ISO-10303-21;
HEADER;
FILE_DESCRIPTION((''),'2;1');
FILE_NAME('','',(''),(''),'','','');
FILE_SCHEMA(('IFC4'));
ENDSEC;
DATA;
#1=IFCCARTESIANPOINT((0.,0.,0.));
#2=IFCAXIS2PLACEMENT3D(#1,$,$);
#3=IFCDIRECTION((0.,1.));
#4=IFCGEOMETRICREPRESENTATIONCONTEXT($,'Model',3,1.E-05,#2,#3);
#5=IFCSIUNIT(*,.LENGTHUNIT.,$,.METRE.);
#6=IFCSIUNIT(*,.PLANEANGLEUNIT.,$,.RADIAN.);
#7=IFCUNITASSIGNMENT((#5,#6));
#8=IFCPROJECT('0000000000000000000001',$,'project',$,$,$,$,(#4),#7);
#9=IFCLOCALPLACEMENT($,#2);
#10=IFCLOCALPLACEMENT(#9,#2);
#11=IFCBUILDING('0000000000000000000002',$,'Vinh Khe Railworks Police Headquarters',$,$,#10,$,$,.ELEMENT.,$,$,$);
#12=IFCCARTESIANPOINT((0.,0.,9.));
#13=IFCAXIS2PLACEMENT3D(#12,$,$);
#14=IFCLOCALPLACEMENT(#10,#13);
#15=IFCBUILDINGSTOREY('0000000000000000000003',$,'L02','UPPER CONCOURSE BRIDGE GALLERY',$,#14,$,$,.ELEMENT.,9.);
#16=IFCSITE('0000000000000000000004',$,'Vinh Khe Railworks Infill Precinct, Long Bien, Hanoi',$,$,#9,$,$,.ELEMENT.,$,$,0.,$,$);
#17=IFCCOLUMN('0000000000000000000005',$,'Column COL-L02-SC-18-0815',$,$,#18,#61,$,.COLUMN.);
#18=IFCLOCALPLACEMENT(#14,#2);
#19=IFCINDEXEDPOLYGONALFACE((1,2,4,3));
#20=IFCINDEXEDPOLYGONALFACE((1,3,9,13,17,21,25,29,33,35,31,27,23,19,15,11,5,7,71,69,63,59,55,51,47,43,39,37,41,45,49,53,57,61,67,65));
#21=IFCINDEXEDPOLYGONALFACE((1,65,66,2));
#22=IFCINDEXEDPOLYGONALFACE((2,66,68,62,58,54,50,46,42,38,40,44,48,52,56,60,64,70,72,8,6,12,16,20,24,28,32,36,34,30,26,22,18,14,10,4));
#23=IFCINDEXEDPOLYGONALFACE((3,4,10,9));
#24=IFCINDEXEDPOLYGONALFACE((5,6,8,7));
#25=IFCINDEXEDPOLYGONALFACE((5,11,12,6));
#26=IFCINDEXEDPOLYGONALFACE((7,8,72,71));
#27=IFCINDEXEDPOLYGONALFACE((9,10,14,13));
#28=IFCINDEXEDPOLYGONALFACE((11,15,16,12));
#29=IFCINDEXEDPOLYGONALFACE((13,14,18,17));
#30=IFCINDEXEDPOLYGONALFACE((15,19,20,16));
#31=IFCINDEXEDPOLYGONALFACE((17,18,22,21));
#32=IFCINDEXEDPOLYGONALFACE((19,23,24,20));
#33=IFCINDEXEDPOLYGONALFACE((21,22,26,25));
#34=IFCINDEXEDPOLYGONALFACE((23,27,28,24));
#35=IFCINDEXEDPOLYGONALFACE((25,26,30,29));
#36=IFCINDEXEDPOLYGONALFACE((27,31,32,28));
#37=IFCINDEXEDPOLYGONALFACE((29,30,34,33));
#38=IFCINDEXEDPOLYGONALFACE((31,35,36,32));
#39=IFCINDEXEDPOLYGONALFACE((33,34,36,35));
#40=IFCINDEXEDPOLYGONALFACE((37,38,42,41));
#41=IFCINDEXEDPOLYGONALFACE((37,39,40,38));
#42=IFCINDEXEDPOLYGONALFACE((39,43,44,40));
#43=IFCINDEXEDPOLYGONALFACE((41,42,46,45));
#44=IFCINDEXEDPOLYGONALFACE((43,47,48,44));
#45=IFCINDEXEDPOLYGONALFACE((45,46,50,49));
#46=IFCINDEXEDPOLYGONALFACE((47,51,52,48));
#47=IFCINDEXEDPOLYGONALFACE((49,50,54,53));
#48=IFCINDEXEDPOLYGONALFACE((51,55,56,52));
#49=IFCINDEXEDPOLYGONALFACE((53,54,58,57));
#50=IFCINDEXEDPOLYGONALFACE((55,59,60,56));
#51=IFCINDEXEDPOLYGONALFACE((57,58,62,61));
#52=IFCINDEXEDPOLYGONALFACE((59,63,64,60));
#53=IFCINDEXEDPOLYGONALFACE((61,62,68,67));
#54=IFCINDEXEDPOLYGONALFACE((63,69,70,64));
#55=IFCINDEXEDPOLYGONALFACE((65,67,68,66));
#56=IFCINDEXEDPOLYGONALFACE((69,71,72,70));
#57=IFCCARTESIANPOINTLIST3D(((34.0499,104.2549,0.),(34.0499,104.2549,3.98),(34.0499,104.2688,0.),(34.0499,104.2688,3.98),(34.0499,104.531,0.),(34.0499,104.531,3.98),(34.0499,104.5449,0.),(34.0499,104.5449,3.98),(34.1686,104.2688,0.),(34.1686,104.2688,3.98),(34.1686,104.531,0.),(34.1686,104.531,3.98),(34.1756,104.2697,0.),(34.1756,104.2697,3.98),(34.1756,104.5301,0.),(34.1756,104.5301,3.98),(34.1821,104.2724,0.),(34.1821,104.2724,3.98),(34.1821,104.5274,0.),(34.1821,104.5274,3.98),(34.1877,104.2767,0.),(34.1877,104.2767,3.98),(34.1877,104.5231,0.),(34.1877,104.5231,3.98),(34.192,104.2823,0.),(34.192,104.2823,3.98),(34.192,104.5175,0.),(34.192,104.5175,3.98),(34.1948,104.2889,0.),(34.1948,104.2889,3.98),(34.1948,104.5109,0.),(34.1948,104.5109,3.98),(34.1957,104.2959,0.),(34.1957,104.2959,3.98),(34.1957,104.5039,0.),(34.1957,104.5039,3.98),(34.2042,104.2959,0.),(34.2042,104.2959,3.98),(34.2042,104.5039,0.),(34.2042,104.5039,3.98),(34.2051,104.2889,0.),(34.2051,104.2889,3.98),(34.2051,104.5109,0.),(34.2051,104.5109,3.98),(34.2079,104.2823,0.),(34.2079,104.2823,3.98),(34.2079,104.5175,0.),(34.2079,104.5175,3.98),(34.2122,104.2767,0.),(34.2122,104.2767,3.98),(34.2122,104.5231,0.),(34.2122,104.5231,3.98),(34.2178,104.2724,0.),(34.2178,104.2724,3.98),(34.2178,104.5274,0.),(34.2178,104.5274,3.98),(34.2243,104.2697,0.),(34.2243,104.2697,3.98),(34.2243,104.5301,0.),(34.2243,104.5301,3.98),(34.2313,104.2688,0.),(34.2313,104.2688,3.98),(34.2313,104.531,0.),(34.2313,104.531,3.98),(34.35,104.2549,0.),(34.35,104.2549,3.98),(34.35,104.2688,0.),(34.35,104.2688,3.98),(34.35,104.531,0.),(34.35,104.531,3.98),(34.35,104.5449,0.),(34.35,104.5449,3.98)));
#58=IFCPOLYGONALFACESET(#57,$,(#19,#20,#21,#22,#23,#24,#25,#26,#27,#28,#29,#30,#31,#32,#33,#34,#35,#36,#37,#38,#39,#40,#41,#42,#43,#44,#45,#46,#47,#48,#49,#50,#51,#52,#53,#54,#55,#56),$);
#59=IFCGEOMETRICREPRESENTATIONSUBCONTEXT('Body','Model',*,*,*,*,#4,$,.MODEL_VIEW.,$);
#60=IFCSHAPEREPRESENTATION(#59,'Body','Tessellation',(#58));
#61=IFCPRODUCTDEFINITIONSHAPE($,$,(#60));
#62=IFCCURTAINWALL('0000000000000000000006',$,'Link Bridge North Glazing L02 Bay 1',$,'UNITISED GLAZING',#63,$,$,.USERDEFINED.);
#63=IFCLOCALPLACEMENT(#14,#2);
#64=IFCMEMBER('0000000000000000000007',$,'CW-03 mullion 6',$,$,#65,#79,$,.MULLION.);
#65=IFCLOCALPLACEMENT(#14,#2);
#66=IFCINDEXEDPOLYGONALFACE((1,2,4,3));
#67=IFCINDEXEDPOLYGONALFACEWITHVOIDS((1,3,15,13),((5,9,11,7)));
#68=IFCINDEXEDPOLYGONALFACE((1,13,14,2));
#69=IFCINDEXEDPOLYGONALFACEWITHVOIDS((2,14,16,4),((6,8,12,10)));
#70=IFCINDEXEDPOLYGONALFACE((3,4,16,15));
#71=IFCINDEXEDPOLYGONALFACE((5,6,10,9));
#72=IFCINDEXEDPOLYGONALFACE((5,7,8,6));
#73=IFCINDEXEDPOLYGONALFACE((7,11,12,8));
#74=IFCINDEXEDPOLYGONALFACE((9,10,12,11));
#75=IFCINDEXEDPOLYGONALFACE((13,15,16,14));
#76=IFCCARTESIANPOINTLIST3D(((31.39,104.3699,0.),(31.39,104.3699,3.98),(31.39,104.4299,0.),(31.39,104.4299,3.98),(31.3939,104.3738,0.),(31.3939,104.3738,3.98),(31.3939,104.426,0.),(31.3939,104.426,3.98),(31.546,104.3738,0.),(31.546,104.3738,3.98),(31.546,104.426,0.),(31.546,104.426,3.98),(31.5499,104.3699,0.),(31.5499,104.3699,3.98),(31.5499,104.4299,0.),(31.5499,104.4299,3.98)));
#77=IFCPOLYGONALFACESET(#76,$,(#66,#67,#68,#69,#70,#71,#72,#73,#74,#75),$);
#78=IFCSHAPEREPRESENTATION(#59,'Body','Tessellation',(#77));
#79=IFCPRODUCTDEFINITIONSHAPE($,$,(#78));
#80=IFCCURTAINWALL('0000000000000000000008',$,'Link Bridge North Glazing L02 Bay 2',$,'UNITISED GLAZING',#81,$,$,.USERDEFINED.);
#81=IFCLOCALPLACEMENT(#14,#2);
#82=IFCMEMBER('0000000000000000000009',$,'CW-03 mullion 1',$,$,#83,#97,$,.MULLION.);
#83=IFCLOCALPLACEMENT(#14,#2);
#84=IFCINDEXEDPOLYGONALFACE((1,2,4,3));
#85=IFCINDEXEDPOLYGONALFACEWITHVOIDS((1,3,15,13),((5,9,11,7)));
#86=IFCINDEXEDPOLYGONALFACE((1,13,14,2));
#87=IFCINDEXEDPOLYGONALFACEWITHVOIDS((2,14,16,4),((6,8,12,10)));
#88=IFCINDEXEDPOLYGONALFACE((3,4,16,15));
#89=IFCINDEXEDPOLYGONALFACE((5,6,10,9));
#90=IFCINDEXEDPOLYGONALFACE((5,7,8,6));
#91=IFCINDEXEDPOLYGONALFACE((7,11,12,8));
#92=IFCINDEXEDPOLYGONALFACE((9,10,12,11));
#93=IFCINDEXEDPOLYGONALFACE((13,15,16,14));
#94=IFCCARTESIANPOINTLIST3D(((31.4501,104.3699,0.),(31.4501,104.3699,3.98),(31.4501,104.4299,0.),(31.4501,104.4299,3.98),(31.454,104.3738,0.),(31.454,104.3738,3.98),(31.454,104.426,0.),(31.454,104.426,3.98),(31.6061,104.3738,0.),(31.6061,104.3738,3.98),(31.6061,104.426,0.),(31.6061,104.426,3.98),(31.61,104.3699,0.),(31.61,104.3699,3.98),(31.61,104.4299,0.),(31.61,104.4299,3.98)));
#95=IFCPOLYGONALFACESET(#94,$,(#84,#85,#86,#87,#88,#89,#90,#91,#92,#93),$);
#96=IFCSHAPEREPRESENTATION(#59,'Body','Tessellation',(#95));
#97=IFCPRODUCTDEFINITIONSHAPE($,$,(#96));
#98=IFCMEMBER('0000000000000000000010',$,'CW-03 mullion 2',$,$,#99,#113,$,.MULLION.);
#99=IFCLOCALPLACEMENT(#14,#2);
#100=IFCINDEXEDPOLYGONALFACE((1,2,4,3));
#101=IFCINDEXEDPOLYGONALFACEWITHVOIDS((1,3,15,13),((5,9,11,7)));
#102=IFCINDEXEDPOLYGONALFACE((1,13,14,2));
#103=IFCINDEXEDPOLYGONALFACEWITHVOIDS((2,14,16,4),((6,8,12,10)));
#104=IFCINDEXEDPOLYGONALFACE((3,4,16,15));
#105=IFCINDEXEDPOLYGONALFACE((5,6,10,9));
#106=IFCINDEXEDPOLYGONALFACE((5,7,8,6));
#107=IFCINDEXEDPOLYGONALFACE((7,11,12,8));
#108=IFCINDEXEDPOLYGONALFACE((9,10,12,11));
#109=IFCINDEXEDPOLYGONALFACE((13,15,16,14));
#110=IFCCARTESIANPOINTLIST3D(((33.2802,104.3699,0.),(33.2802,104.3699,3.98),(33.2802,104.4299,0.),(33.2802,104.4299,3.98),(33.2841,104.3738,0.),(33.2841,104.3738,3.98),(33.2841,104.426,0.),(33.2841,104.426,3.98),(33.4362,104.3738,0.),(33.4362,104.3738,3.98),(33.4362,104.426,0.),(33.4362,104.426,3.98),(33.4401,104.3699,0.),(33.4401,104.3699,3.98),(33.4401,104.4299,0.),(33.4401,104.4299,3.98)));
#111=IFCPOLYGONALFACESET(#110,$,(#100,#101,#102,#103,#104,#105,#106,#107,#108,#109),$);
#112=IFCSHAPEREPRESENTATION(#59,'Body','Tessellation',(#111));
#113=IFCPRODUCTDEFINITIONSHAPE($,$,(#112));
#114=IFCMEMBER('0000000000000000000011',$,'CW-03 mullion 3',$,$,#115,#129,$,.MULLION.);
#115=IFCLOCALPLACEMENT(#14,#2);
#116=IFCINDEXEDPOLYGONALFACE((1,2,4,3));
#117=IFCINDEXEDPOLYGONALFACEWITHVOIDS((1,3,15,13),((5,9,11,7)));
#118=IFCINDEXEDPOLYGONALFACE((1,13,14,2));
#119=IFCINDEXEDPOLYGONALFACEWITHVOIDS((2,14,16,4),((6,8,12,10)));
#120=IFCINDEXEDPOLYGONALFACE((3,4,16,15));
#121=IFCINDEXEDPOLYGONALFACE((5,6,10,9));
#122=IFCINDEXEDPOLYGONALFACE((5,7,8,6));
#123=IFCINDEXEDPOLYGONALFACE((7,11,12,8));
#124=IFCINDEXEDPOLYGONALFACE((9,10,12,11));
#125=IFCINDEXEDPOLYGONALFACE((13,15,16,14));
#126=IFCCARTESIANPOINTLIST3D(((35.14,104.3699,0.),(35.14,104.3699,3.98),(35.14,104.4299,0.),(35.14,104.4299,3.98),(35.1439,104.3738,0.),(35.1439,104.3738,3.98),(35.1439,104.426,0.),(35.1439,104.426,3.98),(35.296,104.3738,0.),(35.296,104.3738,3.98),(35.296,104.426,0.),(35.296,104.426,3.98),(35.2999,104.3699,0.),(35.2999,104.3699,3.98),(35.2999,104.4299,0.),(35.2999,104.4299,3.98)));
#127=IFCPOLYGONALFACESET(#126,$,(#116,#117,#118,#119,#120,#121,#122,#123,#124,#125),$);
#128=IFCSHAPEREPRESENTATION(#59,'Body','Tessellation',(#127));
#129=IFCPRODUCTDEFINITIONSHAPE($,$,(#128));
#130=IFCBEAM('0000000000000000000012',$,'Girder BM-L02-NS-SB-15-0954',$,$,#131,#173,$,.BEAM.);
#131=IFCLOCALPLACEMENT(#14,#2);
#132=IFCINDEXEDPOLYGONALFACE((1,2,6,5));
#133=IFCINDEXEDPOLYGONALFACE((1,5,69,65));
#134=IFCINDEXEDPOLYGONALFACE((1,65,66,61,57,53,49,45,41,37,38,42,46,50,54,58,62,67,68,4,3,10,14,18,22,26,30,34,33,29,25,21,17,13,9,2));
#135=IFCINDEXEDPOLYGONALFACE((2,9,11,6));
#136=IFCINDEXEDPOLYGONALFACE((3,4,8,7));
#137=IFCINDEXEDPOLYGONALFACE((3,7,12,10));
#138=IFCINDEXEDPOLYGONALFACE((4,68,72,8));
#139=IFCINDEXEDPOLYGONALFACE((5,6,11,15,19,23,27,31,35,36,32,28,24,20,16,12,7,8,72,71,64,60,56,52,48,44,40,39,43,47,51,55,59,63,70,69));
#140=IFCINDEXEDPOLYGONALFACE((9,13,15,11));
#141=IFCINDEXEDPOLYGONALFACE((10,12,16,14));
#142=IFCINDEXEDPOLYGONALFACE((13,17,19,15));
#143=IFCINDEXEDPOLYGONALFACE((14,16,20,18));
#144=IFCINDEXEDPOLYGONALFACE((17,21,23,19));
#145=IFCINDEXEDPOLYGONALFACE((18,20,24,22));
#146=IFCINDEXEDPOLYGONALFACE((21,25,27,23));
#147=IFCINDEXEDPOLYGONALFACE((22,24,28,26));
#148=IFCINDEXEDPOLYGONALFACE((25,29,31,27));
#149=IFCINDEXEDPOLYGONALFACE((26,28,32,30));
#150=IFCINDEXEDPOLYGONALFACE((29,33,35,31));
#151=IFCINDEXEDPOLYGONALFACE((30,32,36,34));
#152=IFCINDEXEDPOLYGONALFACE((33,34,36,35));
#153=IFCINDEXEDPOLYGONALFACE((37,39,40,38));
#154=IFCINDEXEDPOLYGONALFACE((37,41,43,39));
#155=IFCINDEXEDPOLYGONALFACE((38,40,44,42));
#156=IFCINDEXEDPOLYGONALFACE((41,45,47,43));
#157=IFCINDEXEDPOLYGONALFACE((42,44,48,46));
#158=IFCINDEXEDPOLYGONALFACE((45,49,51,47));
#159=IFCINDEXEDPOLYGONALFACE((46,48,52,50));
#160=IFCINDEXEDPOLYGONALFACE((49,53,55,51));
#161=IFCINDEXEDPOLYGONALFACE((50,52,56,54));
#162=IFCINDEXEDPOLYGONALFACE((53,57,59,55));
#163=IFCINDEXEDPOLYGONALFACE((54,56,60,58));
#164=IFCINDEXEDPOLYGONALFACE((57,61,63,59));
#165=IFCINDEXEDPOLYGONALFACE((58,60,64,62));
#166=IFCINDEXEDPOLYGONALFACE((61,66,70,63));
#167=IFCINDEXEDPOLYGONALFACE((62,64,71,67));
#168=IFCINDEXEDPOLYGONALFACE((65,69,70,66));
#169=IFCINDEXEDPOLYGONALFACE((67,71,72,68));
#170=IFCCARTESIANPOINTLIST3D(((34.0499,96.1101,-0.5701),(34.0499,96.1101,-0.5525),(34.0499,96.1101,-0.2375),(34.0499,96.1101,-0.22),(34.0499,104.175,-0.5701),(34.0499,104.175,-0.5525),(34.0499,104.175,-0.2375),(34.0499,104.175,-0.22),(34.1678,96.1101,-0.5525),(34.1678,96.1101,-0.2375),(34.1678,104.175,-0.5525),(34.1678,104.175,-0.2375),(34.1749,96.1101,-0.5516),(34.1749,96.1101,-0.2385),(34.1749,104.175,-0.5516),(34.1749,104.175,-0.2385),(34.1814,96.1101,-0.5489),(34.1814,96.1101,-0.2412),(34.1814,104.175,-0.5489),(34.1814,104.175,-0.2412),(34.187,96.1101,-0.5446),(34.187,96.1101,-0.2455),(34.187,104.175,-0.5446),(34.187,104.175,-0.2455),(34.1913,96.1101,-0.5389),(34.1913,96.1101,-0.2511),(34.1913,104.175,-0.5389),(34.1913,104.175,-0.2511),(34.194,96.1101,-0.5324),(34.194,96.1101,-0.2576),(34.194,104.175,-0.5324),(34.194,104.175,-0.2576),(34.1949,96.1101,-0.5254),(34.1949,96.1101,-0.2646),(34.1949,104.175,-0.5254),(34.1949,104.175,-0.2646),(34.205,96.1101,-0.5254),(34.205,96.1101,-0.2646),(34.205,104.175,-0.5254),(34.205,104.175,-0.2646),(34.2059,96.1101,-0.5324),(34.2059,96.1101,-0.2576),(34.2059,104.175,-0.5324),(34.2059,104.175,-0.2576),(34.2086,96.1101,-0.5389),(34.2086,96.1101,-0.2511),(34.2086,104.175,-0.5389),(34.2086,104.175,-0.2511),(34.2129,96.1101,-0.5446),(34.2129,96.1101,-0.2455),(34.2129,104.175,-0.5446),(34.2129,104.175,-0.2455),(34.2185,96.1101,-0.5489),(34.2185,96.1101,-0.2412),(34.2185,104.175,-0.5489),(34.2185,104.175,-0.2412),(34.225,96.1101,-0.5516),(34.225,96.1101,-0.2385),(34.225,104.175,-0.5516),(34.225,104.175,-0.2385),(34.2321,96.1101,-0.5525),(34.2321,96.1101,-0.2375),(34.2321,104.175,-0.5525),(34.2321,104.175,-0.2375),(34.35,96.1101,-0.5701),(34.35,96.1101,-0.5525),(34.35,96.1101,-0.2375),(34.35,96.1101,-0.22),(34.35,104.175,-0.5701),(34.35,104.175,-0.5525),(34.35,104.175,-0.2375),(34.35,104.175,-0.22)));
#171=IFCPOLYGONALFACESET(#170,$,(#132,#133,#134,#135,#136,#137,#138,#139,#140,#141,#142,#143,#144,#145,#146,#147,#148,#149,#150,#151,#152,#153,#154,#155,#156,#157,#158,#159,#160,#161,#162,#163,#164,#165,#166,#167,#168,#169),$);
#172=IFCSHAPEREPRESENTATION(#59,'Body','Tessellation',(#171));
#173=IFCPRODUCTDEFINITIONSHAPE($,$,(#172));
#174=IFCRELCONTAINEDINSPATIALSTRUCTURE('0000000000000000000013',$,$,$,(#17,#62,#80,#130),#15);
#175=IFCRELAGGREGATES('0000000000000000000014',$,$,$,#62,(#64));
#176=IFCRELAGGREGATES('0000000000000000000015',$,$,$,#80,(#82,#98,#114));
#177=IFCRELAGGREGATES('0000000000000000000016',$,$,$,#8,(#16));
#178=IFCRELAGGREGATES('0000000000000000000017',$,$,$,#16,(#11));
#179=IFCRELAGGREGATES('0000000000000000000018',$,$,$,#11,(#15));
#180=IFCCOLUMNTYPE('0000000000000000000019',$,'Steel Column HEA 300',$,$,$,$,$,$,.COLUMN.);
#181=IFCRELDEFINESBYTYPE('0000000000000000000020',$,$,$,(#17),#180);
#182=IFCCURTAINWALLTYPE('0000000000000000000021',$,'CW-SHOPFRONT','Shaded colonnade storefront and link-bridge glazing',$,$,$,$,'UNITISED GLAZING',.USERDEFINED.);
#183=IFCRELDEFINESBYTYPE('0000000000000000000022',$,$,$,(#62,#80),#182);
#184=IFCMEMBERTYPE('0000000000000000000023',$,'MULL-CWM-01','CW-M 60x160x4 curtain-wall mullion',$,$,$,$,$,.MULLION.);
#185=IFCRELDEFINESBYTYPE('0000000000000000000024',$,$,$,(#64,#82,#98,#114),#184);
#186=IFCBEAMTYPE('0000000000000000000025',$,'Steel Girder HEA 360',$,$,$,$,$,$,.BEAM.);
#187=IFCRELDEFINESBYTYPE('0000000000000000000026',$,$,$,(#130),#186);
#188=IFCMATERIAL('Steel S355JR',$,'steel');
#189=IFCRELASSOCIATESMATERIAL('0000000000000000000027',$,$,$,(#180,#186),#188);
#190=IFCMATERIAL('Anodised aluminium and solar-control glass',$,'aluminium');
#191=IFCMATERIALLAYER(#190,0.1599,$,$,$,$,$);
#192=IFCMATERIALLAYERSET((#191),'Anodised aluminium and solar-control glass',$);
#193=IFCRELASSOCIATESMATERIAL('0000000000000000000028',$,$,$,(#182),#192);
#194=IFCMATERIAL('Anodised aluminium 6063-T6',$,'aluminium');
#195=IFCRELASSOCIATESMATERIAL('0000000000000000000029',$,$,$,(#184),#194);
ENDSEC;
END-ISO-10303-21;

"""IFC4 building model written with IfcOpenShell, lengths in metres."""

from ifc_helpers import new_model, si_unit, direction, frame, origin, origin_2d, place, context, subcontext, project, spatial, hollow_rectangle, i_section, extrude, material, layer, layer_set, material_profile, profile_set, type_object, element, aggregate, save


model = new_model("IFC4")

# Units and contexts
model_context = context("Model", 3, precision=1e-05, world=origin(), true_north=direction((0.0, 1.0)))
body_context = subcontext(model_context, "Body", "Model", "MODEL_VIEW")
ifc_project = project(units=[si_unit("LENGTHUNIT", "METRE"), si_unit("PLANEANGLEUNIT", "RADIAN")], contexts=[model_context])

# Site, building, storey
site_placement = place(None, origin())
site = spatial("IfcSite", under=ifc_project, at=site_placement, Name="Vinh Khe Railworks Infill Precinct, Long Bien, Hanoi", CompositionType="ELEMENT", RefElevation=0.0)
building_placement = place(site_placement, origin())
building = spatial("IfcBuilding", under=site, at=building_placement, Name="Vinh Khe Railworks Police Headquarters", CompositionType="ELEMENT")
storey_placement = place(building_placement, frame((0.0, 0.0, 9.0)))
storey = spatial("IfcBuildingStorey", under=building, at=storey_placement, Name="L02", Description="UPPER CONCOURSE BRIDGE GALLERY", CompositionType="ELEMENT", Elevation=9.0)

# Column
ifc_material_1 = material(Name="Steel S355JR", Category="steel")
ifc_material_profile_1 = material_profile(ifc_material_1, i_section(OverallWidth=0.3, OverallDepth=0.29, WebThickness=0.0085, FlangeThickness=0.0139, FilletRadius=0.0271, at=origin_2d()), Name="HEA 300")
ifc_profile_set_1 = profile_set([ifc_material_profile_1], Name="Steel S355JR")
column_type = type_object("IfcColumnType", Name="Steel Column HEA 300", PredefinedType="COLUMN", material=ifc_profile_set_1)
column_placement = place(storey_placement, frame((34.2, 104.3999, 0.0), z_axis=(0.0, 0.0, 1.0), x_axis=(1.0, 0.0, 0.0)))
element("IfcColumn", 1, at=column_placement, inside=storey, type_object=column_type, Name="Column COL-L02-SC-18-0815", PredefinedType="COLUMN", context=body_context, shape_type="SweptSolid", body=[
    extrude(i_section(OverallWidth=0.3, OverallDepth=0.29, WebThickness=0.0085, FlangeThickness=0.0139, FilletRadius=0.0271, at=origin_2d()), origin(), (0.0, 0.0, 1.0), 3.98),
])

# Curtain wall, member
ifc_material_2 = material(Name="Anodised aluminium and solar-control glass", Category="aluminium")
ifc_layer_1 = layer(ifc_material_2, 0.1599)
ifc_layer_set_1 = layer_set([ifc_layer_1], Name="Anodised aluminium and solar-control glass")
curtain_wall_type = type_object("IfcCurtainWallType", Name="CW-SHOPFRONT", Description="Shaded colonnade storefront and link-bridge glazing", ElementType="UNITISED GLAZING", PredefinedType="USERDEFINED", material=ifc_layer_set_1)
curtain_wall_1_placement = place(storey_placement, origin())
curtain_wall_1 = element("IfcCurtainWall", 2, at=curtain_wall_1_placement, inside=storey, type_object=curtain_wall_type, Name="Link Bridge North Glazing L02 Bay 1", ObjectType="UNITISED GLAZING", PredefinedType="USERDEFINED")
ifc_material_3 = material(Name="Anodised aluminium 6063-T6", Category="aluminium")
ifc_material_profile_2 = material_profile(ifc_material_3, hollow_rectangle(XDim=0.0601, YDim=0.1599, WallThickness=0.0039, at=origin_2d()), Name="CW-M 60x160x4")
ifc_profile_set_2 = profile_set([ifc_material_profile_2], Name="Anodised aluminium 6063-T6")
member_type_1 = type_object("IfcMemberType", Name="MULL-CWM-01", Description="CW-M 60x160x4 curtain-wall mullion", PredefinedType="MULLION", material=ifc_profile_set_2)
member_1_placement = place(storey_placement, frame((31.47, 104.3999, 0.0), z_axis=(0.0, 0.0, 1.0), x_axis=(0.0, 1.0, 0.0)))
member_1 = element("IfcMember", 3, at=member_1_placement, type_object=member_type_1, Name="CW-03 mullion 6", PredefinedType="MULLION", context=body_context, shape_type="SweptSolid", body=[
    extrude(hollow_rectangle(XDim=0.0601, YDim=0.1599, WallThickness=0.0039, at=origin_2d()), origin(), (0.0, 0.0, 1.0), 3.98),
])

# Curtain wall, members
curtain_wall_2_placement = place(storey_placement, origin())
curtain_wall_2 = element("IfcCurtainWall", 4, at=curtain_wall_2_placement, inside=storey, type_object=curtain_wall_type, Name="Link Bridge North Glazing L02 Bay 2", ObjectType="UNITISED GLAZING", PredefinedType="USERDEFINED")
member_2_placement = place(storey_placement, frame((31.53, 104.3999, 0.0), z_axis=(0.0, 0.0, 1.0), x_axis=(0.0, 1.0, 0.0)))
member_2 = element("IfcMember", 5, at=member_2_placement, type_object=member_type_1, Name="CW-03 mullion 1", PredefinedType="MULLION", context=body_context, shape_type="SweptSolid", body=[
    extrude(hollow_rectangle(XDim=0.0601, YDim=0.1599, WallThickness=0.0039, at=origin_2d()), origin(), (0.0, 0.0, 1.0), 3.98),
])
member_3_placement = place(storey_placement, frame((33.3601, 104.3999, 0.0), z_axis=(0.0, 0.0, 1.0), x_axis=(0.0, 1.0, 0.0)))
member_3 = element("IfcMember", 6, at=member_3_placement, type_object=member_type_1, Name="CW-03 mullion 2", PredefinedType="MULLION", context=body_context, shape_type="SweptSolid", body=[
    extrude(hollow_rectangle(XDim=0.0601, YDim=0.1599, WallThickness=0.0039, at=origin_2d()), origin(), (0.0, 0.0, 1.0), 3.98),
])
member_4_placement = place(storey_placement, frame((35.22, 104.3999, 0.0), z_axis=(0.0, 0.0, 1.0), x_axis=(0.0, 1.0, 0.0)))
member_4 = element("IfcMember", 7, at=member_4_placement, type_object=member_type_1, Name="CW-03 mullion 3", PredefinedType="MULLION", context=body_context, shape_type="SweptSolid", body=[
    extrude(hollow_rectangle(XDim=0.0601, YDim=0.1599, WallThickness=0.0039, at=origin_2d()), origin(), (0.0, 0.0, 1.0), 3.98),
])

# Beam
ifc_material_profile_3 = material_profile(ifc_material_1, i_section(OverallWidth=0.3, OverallDepth=0.3501, WebThickness=0.01, FlangeThickness=0.0176, FilletRadius=0.0271, at=origin_2d()), Name="HEA 360")
ifc_profile_set_3 = profile_set([ifc_material_profile_3], Name="Steel S355JR")
beam_type_1 = type_object("IfcBeamType", Name="Steel Girder HEA 360", PredefinedType="BEAM", material=ifc_profile_set_3)
beam_1_placement = place(storey_placement, frame((34.2, 96.1101, -0.395), z_axis=(0.0, 1.0, 0.0), x_axis=(-1.0, 0.0, 0.0)))
element("IfcBeam", 8, at=beam_1_placement, inside=storey, type_object=beam_type_1, Name="Girder BM-L02-NS-SB-15-0954", PredefinedType="BEAM", context=body_context, shape_type="SweptSolid", body=[
    extrude(i_section(OverallWidth=0.3, OverallDepth=0.3501, WebThickness=0.01, FlangeThickness=0.0176, FilletRadius=0.0271, at=origin_2d()), origin(), (0.0, 0.0, 1.0), 8.0649),
])

aggregate(curtain_wall_1, [member_1])
aggregate(curtain_wall_2, [member_2, member_3, member_4])

save(model, "model.ifc")
